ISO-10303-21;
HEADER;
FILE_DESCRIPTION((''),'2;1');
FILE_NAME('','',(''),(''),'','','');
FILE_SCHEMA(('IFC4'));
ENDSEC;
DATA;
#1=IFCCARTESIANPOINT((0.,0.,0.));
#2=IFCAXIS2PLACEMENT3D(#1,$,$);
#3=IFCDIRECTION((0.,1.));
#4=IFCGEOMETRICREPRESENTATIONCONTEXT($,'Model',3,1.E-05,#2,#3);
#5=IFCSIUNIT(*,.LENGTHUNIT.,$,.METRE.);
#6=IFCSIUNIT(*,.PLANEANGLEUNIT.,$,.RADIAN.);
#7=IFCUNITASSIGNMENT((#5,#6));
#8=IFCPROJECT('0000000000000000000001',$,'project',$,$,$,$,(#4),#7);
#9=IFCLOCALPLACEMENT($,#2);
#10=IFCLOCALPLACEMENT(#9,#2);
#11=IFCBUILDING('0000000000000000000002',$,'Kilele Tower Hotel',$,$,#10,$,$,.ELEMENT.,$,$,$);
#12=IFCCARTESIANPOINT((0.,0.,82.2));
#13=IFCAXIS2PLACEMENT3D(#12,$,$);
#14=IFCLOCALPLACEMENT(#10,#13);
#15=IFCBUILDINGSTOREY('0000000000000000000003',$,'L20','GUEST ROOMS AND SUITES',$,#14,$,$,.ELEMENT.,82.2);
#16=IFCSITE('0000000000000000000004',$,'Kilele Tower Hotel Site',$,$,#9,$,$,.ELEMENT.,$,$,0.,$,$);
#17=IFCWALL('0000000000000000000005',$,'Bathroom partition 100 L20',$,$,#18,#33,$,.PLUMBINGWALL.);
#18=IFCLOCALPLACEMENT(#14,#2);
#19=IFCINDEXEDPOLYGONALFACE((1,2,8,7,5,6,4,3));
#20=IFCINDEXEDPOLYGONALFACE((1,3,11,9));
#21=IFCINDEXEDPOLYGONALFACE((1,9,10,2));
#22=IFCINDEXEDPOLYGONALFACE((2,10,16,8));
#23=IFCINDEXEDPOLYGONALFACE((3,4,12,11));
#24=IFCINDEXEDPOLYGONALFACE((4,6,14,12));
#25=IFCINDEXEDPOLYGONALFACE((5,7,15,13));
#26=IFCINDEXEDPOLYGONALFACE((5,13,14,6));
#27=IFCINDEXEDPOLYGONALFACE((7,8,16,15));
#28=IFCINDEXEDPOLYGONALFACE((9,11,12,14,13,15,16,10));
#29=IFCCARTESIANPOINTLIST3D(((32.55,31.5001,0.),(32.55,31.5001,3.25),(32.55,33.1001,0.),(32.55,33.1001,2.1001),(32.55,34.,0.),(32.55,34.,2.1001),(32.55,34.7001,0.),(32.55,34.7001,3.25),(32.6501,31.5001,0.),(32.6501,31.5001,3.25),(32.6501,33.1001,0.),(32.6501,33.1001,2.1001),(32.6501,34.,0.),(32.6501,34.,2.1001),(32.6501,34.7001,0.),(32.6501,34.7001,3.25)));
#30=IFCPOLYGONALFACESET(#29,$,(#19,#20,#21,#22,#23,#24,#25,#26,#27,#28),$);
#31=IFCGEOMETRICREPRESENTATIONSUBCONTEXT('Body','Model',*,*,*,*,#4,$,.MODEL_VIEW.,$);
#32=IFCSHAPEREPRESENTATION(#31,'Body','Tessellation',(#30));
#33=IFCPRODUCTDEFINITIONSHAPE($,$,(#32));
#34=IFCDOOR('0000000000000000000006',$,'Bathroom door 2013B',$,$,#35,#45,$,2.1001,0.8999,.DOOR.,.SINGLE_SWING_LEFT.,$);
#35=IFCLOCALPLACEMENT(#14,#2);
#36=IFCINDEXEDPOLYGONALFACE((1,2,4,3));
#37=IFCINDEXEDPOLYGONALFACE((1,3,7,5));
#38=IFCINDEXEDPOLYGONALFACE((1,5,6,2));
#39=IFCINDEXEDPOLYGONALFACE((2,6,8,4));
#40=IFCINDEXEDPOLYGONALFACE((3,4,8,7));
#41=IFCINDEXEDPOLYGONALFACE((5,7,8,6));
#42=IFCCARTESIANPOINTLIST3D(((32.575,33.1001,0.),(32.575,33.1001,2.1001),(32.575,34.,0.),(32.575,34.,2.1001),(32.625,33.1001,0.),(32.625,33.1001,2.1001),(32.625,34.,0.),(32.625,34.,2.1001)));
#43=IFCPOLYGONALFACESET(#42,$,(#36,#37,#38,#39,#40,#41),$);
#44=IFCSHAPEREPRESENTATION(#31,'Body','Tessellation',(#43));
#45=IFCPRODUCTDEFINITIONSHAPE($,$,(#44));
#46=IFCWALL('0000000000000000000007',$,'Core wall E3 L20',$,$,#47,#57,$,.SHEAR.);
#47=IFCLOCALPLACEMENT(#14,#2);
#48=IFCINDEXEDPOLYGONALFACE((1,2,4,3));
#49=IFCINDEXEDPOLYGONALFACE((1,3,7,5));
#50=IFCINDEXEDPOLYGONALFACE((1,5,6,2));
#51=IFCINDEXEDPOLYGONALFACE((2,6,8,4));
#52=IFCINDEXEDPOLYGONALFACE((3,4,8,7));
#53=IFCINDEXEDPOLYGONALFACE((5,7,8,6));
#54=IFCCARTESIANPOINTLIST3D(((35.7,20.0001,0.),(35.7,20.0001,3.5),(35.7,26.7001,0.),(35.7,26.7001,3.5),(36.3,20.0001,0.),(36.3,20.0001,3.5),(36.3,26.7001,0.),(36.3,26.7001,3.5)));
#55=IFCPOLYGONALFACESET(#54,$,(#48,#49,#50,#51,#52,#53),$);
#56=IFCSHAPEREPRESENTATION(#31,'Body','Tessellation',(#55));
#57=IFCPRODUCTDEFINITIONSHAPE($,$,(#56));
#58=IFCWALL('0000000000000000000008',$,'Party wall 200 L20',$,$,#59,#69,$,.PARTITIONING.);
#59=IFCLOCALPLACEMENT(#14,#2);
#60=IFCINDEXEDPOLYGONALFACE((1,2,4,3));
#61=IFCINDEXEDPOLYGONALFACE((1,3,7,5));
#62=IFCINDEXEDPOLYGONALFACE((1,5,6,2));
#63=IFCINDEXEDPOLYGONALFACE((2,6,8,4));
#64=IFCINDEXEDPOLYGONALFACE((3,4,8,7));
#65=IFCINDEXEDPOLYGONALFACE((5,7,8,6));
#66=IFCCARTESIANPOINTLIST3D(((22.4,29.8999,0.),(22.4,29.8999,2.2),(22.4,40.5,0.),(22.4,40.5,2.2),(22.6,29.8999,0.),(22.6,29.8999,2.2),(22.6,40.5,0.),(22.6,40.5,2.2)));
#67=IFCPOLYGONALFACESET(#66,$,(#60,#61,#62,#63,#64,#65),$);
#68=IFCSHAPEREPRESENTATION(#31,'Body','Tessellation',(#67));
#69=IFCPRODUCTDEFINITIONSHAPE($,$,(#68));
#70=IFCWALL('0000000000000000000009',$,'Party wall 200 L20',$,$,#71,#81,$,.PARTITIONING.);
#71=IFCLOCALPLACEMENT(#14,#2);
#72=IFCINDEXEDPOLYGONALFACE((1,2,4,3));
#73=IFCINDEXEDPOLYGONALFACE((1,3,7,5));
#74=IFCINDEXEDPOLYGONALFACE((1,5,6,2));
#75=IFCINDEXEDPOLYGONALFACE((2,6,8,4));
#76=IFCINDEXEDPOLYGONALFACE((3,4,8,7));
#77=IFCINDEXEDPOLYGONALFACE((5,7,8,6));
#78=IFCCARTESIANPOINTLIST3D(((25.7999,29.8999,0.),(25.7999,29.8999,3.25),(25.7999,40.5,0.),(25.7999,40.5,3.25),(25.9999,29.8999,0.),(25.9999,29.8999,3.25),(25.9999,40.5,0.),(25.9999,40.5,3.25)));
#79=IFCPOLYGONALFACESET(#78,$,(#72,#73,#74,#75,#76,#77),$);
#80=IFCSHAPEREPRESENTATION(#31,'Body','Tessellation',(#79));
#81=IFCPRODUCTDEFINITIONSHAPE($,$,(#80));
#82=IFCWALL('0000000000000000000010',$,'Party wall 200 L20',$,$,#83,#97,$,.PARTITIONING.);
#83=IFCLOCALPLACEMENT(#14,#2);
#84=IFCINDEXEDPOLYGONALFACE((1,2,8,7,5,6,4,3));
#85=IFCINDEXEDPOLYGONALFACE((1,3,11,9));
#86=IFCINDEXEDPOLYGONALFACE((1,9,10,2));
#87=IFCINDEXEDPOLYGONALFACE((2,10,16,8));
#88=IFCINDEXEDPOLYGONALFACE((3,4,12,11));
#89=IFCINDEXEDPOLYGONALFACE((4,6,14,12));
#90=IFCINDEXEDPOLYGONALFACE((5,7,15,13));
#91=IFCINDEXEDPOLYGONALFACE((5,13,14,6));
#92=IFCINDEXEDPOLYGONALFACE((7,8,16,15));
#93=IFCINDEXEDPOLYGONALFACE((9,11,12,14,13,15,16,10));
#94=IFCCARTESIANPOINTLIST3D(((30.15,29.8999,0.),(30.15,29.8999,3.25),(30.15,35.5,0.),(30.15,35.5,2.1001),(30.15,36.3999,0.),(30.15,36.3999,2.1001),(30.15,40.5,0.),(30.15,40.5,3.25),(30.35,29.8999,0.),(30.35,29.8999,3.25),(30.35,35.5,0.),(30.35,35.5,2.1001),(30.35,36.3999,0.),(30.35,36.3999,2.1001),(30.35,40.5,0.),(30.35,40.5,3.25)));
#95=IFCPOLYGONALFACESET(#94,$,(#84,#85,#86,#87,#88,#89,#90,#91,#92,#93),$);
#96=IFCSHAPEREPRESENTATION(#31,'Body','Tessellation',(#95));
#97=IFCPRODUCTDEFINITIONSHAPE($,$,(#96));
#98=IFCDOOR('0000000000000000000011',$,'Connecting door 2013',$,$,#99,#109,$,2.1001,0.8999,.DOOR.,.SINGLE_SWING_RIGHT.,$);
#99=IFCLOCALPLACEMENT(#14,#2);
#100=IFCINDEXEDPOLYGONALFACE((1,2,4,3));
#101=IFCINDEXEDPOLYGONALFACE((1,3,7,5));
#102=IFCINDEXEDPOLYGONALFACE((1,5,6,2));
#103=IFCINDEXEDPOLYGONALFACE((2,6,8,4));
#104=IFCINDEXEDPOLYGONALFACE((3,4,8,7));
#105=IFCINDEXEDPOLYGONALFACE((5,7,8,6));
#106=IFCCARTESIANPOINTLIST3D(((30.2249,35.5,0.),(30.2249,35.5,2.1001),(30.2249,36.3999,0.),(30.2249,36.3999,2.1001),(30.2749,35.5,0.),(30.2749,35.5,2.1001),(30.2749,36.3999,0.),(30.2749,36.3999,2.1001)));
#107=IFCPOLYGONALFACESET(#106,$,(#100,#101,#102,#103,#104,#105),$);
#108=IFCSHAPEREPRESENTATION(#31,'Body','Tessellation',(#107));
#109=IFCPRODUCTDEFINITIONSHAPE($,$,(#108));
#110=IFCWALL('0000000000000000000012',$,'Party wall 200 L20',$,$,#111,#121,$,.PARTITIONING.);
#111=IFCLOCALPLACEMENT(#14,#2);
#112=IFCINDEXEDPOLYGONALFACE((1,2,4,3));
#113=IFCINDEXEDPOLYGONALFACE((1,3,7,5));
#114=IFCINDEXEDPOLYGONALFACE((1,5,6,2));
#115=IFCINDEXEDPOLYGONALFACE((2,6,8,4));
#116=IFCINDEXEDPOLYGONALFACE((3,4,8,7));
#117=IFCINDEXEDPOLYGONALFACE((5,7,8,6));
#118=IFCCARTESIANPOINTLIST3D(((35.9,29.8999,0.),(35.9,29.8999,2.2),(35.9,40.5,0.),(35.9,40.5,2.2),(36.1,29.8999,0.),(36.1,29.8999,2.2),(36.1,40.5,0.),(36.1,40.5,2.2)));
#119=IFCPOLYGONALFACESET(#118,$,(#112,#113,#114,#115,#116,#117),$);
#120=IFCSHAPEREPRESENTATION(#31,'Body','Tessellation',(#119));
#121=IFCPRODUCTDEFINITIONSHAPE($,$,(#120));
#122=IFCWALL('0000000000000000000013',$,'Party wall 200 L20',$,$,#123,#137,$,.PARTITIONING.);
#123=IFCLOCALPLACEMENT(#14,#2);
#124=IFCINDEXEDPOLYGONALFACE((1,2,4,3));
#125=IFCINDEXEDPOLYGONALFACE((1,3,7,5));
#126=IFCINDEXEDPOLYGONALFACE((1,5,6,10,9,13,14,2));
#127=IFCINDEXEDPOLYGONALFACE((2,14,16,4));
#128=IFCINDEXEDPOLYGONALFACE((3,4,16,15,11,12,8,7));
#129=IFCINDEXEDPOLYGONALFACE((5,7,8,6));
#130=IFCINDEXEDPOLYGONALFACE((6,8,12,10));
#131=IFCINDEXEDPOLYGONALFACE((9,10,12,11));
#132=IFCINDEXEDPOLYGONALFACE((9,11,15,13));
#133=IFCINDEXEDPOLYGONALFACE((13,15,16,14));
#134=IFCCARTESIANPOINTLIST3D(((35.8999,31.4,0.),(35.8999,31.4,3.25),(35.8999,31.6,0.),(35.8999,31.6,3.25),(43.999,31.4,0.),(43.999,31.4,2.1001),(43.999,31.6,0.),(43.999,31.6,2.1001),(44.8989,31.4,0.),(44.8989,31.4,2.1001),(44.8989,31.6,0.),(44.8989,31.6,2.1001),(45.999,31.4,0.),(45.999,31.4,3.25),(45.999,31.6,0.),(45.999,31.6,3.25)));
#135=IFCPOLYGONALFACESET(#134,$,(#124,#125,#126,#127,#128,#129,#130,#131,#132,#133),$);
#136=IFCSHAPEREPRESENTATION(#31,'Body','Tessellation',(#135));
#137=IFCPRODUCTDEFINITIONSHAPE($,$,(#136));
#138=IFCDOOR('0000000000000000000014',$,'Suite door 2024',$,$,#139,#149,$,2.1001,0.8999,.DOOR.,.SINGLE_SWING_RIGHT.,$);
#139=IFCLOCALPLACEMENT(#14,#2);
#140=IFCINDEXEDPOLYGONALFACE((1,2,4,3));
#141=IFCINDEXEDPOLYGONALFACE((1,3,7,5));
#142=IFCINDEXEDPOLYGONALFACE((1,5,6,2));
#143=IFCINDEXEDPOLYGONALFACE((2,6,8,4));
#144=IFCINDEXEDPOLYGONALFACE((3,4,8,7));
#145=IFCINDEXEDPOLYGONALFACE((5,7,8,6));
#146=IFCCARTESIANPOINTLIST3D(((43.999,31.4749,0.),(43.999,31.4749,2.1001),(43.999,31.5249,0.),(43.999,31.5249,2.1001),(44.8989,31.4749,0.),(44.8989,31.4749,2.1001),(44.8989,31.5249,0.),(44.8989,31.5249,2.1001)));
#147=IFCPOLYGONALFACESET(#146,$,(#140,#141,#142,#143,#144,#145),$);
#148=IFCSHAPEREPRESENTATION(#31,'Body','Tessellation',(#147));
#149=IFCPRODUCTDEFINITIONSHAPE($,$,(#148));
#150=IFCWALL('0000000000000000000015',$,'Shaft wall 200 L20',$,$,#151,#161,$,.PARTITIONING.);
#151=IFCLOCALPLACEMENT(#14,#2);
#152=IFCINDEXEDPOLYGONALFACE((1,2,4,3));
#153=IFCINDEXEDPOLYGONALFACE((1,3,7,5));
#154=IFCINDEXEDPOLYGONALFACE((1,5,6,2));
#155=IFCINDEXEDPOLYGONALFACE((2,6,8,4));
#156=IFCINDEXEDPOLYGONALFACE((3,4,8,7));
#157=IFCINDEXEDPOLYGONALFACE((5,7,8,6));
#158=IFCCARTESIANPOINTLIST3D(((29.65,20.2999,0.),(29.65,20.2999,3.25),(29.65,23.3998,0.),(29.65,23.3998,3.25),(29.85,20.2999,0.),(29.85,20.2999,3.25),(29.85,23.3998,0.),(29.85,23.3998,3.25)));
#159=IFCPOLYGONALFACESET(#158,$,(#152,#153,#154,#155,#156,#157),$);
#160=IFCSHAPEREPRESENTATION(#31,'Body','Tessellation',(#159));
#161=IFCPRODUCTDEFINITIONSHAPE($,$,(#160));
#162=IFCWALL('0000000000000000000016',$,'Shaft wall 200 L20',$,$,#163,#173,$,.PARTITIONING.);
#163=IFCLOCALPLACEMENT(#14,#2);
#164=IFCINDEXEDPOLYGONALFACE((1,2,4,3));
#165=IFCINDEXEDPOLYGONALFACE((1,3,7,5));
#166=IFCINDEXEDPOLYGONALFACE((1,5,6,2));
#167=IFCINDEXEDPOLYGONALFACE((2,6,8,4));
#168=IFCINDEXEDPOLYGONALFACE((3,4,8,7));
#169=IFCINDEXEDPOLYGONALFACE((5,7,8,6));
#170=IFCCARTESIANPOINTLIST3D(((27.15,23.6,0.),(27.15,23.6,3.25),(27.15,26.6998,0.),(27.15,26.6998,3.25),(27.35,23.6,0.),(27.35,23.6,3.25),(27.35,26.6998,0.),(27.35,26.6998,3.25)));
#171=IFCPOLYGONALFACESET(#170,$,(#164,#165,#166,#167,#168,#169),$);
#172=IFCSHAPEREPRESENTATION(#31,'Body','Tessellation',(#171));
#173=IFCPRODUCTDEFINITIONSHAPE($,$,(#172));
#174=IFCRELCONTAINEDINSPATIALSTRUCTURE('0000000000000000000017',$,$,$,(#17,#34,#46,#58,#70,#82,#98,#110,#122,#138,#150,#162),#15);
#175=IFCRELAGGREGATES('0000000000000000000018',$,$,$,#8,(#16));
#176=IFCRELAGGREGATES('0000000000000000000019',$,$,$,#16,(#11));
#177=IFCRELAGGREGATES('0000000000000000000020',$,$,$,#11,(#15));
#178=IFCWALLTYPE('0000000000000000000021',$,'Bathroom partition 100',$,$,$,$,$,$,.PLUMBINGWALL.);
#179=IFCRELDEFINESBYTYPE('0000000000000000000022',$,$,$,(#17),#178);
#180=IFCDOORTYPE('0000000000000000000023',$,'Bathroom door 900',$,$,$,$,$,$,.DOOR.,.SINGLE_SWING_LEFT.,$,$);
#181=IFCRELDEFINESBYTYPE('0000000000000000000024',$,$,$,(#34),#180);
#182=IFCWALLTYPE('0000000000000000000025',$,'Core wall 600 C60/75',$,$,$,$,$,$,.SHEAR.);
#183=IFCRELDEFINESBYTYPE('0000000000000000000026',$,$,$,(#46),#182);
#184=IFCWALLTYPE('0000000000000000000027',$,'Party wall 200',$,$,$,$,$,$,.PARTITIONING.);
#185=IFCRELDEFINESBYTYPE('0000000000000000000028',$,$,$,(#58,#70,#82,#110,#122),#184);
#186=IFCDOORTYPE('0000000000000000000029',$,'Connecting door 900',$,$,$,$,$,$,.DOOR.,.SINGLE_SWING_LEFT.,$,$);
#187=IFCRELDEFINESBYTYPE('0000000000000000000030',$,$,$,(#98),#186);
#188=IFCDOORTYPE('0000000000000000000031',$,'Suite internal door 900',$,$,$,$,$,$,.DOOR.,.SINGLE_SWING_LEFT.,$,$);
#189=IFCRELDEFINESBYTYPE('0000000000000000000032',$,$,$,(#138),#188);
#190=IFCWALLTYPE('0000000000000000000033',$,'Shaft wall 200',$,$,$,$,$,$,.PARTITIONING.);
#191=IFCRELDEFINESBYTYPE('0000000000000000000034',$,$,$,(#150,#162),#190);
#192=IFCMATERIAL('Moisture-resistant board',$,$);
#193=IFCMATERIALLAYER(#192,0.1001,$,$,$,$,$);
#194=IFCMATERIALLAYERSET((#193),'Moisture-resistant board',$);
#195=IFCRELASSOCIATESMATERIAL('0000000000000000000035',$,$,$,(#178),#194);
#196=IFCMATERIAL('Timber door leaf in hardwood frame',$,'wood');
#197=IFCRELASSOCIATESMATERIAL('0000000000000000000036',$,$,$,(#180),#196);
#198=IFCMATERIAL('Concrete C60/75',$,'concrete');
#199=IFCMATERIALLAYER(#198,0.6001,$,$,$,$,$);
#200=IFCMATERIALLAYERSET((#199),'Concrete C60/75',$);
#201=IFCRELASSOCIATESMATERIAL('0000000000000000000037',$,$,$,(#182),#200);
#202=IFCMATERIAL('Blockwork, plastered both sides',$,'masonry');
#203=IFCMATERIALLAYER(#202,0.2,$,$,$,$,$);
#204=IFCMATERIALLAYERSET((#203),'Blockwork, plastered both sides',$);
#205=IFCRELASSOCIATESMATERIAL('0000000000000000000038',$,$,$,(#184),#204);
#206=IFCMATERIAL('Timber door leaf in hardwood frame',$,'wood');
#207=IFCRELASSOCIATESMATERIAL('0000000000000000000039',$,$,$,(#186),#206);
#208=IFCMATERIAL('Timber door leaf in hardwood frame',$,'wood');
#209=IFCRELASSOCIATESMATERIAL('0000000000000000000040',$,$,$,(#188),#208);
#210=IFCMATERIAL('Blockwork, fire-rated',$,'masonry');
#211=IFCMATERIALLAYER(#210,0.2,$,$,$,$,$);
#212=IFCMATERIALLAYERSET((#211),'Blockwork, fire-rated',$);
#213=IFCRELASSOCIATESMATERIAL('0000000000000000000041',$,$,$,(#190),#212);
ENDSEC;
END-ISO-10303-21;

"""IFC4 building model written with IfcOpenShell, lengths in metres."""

from ifc_helpers import new_model, si_unit, direction, frame, frame_2d, origin, place, context, subcontext, project, spatial, rectangle, extrude, material, layer, layer_set, type_object, element, fill, save


model = new_model("IFC4")

# Units and contexts
model_context = context("Model", 3, precision=1e-05, world=origin(), true_north=direction((0.0, 1.0)))
body_context = subcontext(model_context, "Body", "Model", "MODEL_VIEW")
ifc_project = project(units=[si_unit("LENGTHUNIT", "METRE"), si_unit("PLANEANGLEUNIT", "RADIAN")], contexts=[model_context])

# Site, building, storey
site_placement = place(None, origin())
site = spatial("IfcSite", under=ifc_project, at=site_placement, Name="Kilele Tower Hotel Site", CompositionType="ELEMENT", RefElevation=0.0)
building_placement = place(site_placement, origin())
building = spatial("IfcBuilding", under=site, at=building_placement, Name="Kilele Tower Hotel", CompositionType="ELEMENT")
storey_placement = place(building_placement, frame((0.0, 0.0, 82.2)))
storey = spatial("IfcBuildingStorey", under=building, at=storey_placement, Name="L20", Description="GUEST ROOMS AND SUITES", CompositionType="ELEMENT", Elevation=82.2)

# Shared definitions
ifc_material_1 = material(Name="Moisture-resistant board")
ifc_layer_1 = layer(ifc_material_1, 0.1001)
ifc_layer_set_1 = layer_set([ifc_layer_1], Name="Moisture-resistant board")
wall_type_1 = type_object("IfcWallType", Name="Bathroom partition 100", PredefinedType="PLUMBINGWALL", material=ifc_layer_set_1)

# Shared definitions
ifc_material_2 = material(Name="Timber door leaf in hardwood frame", Category="wood")
door_type_1 = type_object("IfcDoorType", Name="Bathroom door 900", OperationType="SINGLE_SWING_LEFT", PredefinedType="DOOR", material=ifc_material_2)

# Wall, opening, door
wall_1_placement = place(storey_placement, frame((32.6001, 31.5, 0.0), z_axis=(0.0, 0.0, 1.0), x_axis=(0.0, 1.0, 0.0)))
wall_1 = element("IfcWall", 1, at=wall_1_placement, inside=storey, type_object=wall_type_1, Name="Bathroom partition 100 L20", PredefinedType="PLUMBINGWALL", context=body_context, shape_type="SweptSolid", body=[
    extrude(rectangle(XDim=3.2, YDim=0.1001, at=frame_2d((1.6001, 0.0))), origin(), (0.0, 0.0, 1.0), 3.25),
])
opening_1_placement = place(wall_1_placement, frame((2.5, 0.0, 0.0), z_axis=(0.0, 0.0, 1.0), x_axis=(-1.0, 0.0, 0.0)))
opening_1 = element("IfcOpeningElement", 2, at=opening_1_placement, cuts=wall_1, PredefinedType="OPENING", context=body_context, shape_type="SweptSolid", body=[
    extrude(rectangle(XDim=0.8999, YDim=2.1001, at=frame_2d((0.45, 1.05))), frame((0.0, 0.0601, 0.0), z_axis=(0.0, -1.0, 0.0), x_axis=(1.0, 0.0, 0.0)), (0.0, 0.0, 1.0), 0.1201),
])
door_1_placement = place(opening_1_placement, origin())
door_1 = element("IfcDoor", 3, at=door_1_placement, inside=storey, type_object=door_type_1, Name="Bathroom door 2013B", OperationType="SINGLE_SWING_LEFT", OverallHeight=2.1001, OverallWidth=0.8999, PredefinedType="DOOR", context=body_context, shape_type="SweptSolid", body=[
    extrude(rectangle(XDim=0.8999, YDim=2.1001, at=frame_2d((0.45, 1.05))), frame((0.0, 0.0249, 0.0), z_axis=(0.0, -1.0, 0.0), x_axis=(1.0, 0.0, 0.0)), (0.0, 0.0, 1.0), 0.05),
])
fill(opening_1, door_1)

# Walls
ifc_material_3 = material(Name="Concrete C60/75", Category="concrete")
ifc_layer_2 = layer(ifc_material_3, 0.6001)
ifc_layer_set_2 = layer_set([ifc_layer_2], Name="Concrete C60/75")
wall_type_2 = type_object("IfcWallType", Name="Core wall 600 C60/75", PredefinedType="SHEAR", material=ifc_layer_set_2)
wall_2_placement = place(storey_placement, frame((36.0, 20.0, 0.0), z_axis=(0.0, 0.0, 1.0), x_axis=(0.0, 1.0, 0.0)))
element("IfcWall", 4, at=wall_2_placement, inside=storey, type_object=wall_type_2, Name="Core wall E3 L20", PredefinedType="SHEAR", context=body_context, shape_type="SweptSolid", body=[
    extrude(rectangle(XDim=6.7, YDim=0.6001, at=frame_2d((3.3501, 0.0))), origin(), (0.0, 0.0, 1.0), 3.5),
])
ifc_material_4 = material(Name="Blockwork, plastered both sides", Category="masonry")
ifc_layer_3 = layer(ifc_material_4, 0.2)
ifc_layer_set_3 = layer_set([ifc_layer_3], Name="Blockwork, plastered both sides")
wall_type_3 = type_object("IfcWallType", Name="Party wall 200", PredefinedType="PARTITIONING", material=ifc_layer_set_3)
wall_3_placement = place(storey_placement, frame((22.5, 29.8999, 0.0), z_axis=(0.0, 0.0, 1.0), x_axis=(0.0, 1.0, 0.0)))
element("IfcWall", 5, at=wall_3_placement, inside=storey, type_object=wall_type_3, Name="Party wall 200 L20", PredefinedType="PARTITIONING", context=body_context, shape_type="SweptSolid", body=[
    extrude(rectangle(XDim=10.6001, YDim=0.2, at=frame_2d((5.3, 0.0))), origin(), (0.0, 0.0, 1.0), 2.2),
])
wall_4_placement = place(storey_placement, frame((25.8999, 29.8999, 0.0), z_axis=(0.0, 0.0, 1.0), x_axis=(0.0, 1.0, 0.0)))
element("IfcWall", 6, at=wall_4_placement, inside=storey, type_object=wall_type_3, Name="Party wall 200 L20", PredefinedType="PARTITIONING", context=body_context, shape_type="SweptSolid", body=[
    extrude(rectangle(XDim=10.6001, YDim=0.2, at=frame_2d((5.3, 0.0))), origin(), (0.0, 0.0, 1.0), 3.25),
])

# Wall, opening, door
wall_5_placement = place(storey_placement, frame((30.25, 29.8999, 0.0), z_axis=(0.0, 0.0, 1.0), x_axis=(0.0, 1.0, 0.0)))
wall_5 = element("IfcWall", 7, at=wall_5_placement, inside=storey, type_object=wall_type_3, Name="Party wall 200 L20", PredefinedType="PARTITIONING", context=body_context, shape_type="SweptSolid", body=[
    extrude(rectangle(XDim=10.6001, YDim=0.2, at=frame_2d((5.3, 0.0))), origin(), (0.0, 0.0, 1.0), 3.25),
])
opening_2_placement = place(wall_5_placement, frame((6.5, 0.0, 0.0), z_axis=(0.0, 0.0, 1.0), x_axis=(-1.0, 0.0, 0.0)))
opening_2 = element("IfcOpeningElement", 8, at=opening_2_placement, cuts=wall_5, PredefinedType="OPENING", context=body_context, shape_type="SweptSolid", body=[
    extrude(rectangle(XDim=0.8999, YDim=2.1001, at=frame_2d((0.45, 1.05))), frame((0.0, 0.1099, 0.0), z_axis=(0.0, -1.0, 0.0), x_axis=(1.0, 0.0, 0.0)), (0.0, 0.0, 1.0), 0.22),
])
ifc_material_5 = material(Name="Timber door leaf in hardwood frame", Category="wood")
door_type_2 = type_object("IfcDoorType", Name="Connecting door 900", OperationType="SINGLE_SWING_LEFT", PredefinedType="DOOR", material=ifc_material_5)
door_2_placement = place(opening_2_placement, origin())
door_2 = element("IfcDoor", 9, at=door_2_placement, inside=storey, type_object=door_type_2, Name="Connecting door 2013", OperationType="SINGLE_SWING_RIGHT", OverallHeight=2.1001, OverallWidth=0.8999, PredefinedType="DOOR", context=body_context, shape_type="SweptSolid", body=[
    extrude(rectangle(XDim=0.8999, YDim=2.1001, at=frame_2d((0.45, 1.05))), frame((0.0, 0.0249, 0.0), z_axis=(0.0, -1.0, 0.0), x_axis=(1.0, 0.0, 0.0)), (0.0, 0.0, 1.0), 0.05),
])
fill(opening_2, door_2)

# Wall
wall_6_placement = place(storey_placement, frame((36.0, 29.8999, 0.0), z_axis=(0.0, 0.0, 1.0), x_axis=(0.0, 1.0, 0.0)))
element("IfcWall", 10, at=wall_6_placement, inside=storey, type_object=wall_type_3, Name="Party wall 200 L20", PredefinedType="PARTITIONING", context=body_context, shape_type="SweptSolid", body=[
    extrude(rectangle(XDim=10.6001, YDim=0.2, at=frame_2d((5.3, 0.0))), origin(), (0.0, 0.0, 1.0), 2.2),
])

# Wall, opening, door
wall_7_placement = place(storey_placement, frame((35.8999, 31.5, 0.0), z_axis=(0.0, 0.0, 1.0), x_axis=(1.0, 0.0, 0.0)))
wall_7 = element("IfcWall", 11, at=wall_7_placement, inside=storey, type_object=wall_type_3, Name="Party wall 200 L20", PredefinedType="PARTITIONING", context=body_context, shape_type="SweptSolid", body=[
    extrude(rectangle(XDim=10.0991, YDim=0.2, at=frame_2d((5.0496, 0.0))), origin(), (0.0, 0.0, 1.0), 3.25),
])
opening_3_placement = place(wall_7_placement, frame((8.0991, 0.0, 0.0)))
opening_3 = element("IfcOpeningElement", 12, at=opening_3_placement, cuts=wall_7, PredefinedType="OPENING", context=body_context, shape_type="SweptSolid", body=[
    extrude(rectangle(XDim=0.8999, YDim=2.1001, at=frame_2d((0.45, 1.05))), frame((0.0, 0.1099, 0.0), z_axis=(0.0, -1.0, 0.0), x_axis=(1.0, 0.0, 0.0)), (0.0, 0.0, 1.0), 0.22),
])
ifc_material_6 = material(Name="Timber door leaf in hardwood frame", Category="wood")
door_type_3 = type_object("IfcDoorType", Name="Suite internal door 900", OperationType="SINGLE_SWING_LEFT", PredefinedType="DOOR", material=ifc_material_6)
door_3_placement = place(opening_3_placement, origin())
door_3 = element("IfcDoor", 13, at=door_3_placement, inside=storey, type_object=door_type_3, Name="Suite door 2024", OperationType="SINGLE_SWING_RIGHT", OverallHeight=2.1001, OverallWidth=0.8999, PredefinedType="DOOR", context=body_context, shape_type="SweptSolid", body=[
    extrude(rectangle(XDim=0.8999, YDim=2.1001, at=frame_2d((0.45, 1.05))), frame((0.0, 0.0249, 0.0), z_axis=(0.0, -1.0, 0.0), x_axis=(1.0, 0.0, 0.0)), (0.0, 0.0, 1.0), 0.05),
])
fill(opening_3, door_3)

# Walls
ifc_material_7 = material(Name="Blockwork, fire-rated", Category="masonry")
ifc_layer_4 = layer(ifc_material_7, 0.2)
ifc_layer_set_4 = layer_set([ifc_layer_4], Name="Blockwork, fire-rated")
wall_type_4 = type_object("IfcWallType", Name="Shaft wall 200", PredefinedType="PARTITIONING", material=ifc_layer_set_4)
for number, where, z_axis, x_axis, name in (
    (14, (29.75, 20.3, 0.0), (0.0, 0.0, 1.0), (0.0, 1.0, 0.0), "Shaft wall 200 L20"),
    (15, (27.25, 23.6001, 0.0), (0.0, 0.0, 1.0), (0.0, 1.0, 0.0), "Shaft wall 200 L20"),
):
    element("IfcWall", number, at=place(storey_placement, frame(where, z_axis=z_axis, x_axis=x_axis)), inside=storey, type_object=wall_type_4, Name=name, PredefinedType="PARTITIONING", context=body_context, shape_type="SweptSolid", body=[
        extrude(rectangle(XDim=3.0999, YDim=0.2, at=frame_2d((1.5498, 0.0))), origin(), (0.0, 0.0, 1.0), 3.25),
    ])

save(model, "model.ifc")
